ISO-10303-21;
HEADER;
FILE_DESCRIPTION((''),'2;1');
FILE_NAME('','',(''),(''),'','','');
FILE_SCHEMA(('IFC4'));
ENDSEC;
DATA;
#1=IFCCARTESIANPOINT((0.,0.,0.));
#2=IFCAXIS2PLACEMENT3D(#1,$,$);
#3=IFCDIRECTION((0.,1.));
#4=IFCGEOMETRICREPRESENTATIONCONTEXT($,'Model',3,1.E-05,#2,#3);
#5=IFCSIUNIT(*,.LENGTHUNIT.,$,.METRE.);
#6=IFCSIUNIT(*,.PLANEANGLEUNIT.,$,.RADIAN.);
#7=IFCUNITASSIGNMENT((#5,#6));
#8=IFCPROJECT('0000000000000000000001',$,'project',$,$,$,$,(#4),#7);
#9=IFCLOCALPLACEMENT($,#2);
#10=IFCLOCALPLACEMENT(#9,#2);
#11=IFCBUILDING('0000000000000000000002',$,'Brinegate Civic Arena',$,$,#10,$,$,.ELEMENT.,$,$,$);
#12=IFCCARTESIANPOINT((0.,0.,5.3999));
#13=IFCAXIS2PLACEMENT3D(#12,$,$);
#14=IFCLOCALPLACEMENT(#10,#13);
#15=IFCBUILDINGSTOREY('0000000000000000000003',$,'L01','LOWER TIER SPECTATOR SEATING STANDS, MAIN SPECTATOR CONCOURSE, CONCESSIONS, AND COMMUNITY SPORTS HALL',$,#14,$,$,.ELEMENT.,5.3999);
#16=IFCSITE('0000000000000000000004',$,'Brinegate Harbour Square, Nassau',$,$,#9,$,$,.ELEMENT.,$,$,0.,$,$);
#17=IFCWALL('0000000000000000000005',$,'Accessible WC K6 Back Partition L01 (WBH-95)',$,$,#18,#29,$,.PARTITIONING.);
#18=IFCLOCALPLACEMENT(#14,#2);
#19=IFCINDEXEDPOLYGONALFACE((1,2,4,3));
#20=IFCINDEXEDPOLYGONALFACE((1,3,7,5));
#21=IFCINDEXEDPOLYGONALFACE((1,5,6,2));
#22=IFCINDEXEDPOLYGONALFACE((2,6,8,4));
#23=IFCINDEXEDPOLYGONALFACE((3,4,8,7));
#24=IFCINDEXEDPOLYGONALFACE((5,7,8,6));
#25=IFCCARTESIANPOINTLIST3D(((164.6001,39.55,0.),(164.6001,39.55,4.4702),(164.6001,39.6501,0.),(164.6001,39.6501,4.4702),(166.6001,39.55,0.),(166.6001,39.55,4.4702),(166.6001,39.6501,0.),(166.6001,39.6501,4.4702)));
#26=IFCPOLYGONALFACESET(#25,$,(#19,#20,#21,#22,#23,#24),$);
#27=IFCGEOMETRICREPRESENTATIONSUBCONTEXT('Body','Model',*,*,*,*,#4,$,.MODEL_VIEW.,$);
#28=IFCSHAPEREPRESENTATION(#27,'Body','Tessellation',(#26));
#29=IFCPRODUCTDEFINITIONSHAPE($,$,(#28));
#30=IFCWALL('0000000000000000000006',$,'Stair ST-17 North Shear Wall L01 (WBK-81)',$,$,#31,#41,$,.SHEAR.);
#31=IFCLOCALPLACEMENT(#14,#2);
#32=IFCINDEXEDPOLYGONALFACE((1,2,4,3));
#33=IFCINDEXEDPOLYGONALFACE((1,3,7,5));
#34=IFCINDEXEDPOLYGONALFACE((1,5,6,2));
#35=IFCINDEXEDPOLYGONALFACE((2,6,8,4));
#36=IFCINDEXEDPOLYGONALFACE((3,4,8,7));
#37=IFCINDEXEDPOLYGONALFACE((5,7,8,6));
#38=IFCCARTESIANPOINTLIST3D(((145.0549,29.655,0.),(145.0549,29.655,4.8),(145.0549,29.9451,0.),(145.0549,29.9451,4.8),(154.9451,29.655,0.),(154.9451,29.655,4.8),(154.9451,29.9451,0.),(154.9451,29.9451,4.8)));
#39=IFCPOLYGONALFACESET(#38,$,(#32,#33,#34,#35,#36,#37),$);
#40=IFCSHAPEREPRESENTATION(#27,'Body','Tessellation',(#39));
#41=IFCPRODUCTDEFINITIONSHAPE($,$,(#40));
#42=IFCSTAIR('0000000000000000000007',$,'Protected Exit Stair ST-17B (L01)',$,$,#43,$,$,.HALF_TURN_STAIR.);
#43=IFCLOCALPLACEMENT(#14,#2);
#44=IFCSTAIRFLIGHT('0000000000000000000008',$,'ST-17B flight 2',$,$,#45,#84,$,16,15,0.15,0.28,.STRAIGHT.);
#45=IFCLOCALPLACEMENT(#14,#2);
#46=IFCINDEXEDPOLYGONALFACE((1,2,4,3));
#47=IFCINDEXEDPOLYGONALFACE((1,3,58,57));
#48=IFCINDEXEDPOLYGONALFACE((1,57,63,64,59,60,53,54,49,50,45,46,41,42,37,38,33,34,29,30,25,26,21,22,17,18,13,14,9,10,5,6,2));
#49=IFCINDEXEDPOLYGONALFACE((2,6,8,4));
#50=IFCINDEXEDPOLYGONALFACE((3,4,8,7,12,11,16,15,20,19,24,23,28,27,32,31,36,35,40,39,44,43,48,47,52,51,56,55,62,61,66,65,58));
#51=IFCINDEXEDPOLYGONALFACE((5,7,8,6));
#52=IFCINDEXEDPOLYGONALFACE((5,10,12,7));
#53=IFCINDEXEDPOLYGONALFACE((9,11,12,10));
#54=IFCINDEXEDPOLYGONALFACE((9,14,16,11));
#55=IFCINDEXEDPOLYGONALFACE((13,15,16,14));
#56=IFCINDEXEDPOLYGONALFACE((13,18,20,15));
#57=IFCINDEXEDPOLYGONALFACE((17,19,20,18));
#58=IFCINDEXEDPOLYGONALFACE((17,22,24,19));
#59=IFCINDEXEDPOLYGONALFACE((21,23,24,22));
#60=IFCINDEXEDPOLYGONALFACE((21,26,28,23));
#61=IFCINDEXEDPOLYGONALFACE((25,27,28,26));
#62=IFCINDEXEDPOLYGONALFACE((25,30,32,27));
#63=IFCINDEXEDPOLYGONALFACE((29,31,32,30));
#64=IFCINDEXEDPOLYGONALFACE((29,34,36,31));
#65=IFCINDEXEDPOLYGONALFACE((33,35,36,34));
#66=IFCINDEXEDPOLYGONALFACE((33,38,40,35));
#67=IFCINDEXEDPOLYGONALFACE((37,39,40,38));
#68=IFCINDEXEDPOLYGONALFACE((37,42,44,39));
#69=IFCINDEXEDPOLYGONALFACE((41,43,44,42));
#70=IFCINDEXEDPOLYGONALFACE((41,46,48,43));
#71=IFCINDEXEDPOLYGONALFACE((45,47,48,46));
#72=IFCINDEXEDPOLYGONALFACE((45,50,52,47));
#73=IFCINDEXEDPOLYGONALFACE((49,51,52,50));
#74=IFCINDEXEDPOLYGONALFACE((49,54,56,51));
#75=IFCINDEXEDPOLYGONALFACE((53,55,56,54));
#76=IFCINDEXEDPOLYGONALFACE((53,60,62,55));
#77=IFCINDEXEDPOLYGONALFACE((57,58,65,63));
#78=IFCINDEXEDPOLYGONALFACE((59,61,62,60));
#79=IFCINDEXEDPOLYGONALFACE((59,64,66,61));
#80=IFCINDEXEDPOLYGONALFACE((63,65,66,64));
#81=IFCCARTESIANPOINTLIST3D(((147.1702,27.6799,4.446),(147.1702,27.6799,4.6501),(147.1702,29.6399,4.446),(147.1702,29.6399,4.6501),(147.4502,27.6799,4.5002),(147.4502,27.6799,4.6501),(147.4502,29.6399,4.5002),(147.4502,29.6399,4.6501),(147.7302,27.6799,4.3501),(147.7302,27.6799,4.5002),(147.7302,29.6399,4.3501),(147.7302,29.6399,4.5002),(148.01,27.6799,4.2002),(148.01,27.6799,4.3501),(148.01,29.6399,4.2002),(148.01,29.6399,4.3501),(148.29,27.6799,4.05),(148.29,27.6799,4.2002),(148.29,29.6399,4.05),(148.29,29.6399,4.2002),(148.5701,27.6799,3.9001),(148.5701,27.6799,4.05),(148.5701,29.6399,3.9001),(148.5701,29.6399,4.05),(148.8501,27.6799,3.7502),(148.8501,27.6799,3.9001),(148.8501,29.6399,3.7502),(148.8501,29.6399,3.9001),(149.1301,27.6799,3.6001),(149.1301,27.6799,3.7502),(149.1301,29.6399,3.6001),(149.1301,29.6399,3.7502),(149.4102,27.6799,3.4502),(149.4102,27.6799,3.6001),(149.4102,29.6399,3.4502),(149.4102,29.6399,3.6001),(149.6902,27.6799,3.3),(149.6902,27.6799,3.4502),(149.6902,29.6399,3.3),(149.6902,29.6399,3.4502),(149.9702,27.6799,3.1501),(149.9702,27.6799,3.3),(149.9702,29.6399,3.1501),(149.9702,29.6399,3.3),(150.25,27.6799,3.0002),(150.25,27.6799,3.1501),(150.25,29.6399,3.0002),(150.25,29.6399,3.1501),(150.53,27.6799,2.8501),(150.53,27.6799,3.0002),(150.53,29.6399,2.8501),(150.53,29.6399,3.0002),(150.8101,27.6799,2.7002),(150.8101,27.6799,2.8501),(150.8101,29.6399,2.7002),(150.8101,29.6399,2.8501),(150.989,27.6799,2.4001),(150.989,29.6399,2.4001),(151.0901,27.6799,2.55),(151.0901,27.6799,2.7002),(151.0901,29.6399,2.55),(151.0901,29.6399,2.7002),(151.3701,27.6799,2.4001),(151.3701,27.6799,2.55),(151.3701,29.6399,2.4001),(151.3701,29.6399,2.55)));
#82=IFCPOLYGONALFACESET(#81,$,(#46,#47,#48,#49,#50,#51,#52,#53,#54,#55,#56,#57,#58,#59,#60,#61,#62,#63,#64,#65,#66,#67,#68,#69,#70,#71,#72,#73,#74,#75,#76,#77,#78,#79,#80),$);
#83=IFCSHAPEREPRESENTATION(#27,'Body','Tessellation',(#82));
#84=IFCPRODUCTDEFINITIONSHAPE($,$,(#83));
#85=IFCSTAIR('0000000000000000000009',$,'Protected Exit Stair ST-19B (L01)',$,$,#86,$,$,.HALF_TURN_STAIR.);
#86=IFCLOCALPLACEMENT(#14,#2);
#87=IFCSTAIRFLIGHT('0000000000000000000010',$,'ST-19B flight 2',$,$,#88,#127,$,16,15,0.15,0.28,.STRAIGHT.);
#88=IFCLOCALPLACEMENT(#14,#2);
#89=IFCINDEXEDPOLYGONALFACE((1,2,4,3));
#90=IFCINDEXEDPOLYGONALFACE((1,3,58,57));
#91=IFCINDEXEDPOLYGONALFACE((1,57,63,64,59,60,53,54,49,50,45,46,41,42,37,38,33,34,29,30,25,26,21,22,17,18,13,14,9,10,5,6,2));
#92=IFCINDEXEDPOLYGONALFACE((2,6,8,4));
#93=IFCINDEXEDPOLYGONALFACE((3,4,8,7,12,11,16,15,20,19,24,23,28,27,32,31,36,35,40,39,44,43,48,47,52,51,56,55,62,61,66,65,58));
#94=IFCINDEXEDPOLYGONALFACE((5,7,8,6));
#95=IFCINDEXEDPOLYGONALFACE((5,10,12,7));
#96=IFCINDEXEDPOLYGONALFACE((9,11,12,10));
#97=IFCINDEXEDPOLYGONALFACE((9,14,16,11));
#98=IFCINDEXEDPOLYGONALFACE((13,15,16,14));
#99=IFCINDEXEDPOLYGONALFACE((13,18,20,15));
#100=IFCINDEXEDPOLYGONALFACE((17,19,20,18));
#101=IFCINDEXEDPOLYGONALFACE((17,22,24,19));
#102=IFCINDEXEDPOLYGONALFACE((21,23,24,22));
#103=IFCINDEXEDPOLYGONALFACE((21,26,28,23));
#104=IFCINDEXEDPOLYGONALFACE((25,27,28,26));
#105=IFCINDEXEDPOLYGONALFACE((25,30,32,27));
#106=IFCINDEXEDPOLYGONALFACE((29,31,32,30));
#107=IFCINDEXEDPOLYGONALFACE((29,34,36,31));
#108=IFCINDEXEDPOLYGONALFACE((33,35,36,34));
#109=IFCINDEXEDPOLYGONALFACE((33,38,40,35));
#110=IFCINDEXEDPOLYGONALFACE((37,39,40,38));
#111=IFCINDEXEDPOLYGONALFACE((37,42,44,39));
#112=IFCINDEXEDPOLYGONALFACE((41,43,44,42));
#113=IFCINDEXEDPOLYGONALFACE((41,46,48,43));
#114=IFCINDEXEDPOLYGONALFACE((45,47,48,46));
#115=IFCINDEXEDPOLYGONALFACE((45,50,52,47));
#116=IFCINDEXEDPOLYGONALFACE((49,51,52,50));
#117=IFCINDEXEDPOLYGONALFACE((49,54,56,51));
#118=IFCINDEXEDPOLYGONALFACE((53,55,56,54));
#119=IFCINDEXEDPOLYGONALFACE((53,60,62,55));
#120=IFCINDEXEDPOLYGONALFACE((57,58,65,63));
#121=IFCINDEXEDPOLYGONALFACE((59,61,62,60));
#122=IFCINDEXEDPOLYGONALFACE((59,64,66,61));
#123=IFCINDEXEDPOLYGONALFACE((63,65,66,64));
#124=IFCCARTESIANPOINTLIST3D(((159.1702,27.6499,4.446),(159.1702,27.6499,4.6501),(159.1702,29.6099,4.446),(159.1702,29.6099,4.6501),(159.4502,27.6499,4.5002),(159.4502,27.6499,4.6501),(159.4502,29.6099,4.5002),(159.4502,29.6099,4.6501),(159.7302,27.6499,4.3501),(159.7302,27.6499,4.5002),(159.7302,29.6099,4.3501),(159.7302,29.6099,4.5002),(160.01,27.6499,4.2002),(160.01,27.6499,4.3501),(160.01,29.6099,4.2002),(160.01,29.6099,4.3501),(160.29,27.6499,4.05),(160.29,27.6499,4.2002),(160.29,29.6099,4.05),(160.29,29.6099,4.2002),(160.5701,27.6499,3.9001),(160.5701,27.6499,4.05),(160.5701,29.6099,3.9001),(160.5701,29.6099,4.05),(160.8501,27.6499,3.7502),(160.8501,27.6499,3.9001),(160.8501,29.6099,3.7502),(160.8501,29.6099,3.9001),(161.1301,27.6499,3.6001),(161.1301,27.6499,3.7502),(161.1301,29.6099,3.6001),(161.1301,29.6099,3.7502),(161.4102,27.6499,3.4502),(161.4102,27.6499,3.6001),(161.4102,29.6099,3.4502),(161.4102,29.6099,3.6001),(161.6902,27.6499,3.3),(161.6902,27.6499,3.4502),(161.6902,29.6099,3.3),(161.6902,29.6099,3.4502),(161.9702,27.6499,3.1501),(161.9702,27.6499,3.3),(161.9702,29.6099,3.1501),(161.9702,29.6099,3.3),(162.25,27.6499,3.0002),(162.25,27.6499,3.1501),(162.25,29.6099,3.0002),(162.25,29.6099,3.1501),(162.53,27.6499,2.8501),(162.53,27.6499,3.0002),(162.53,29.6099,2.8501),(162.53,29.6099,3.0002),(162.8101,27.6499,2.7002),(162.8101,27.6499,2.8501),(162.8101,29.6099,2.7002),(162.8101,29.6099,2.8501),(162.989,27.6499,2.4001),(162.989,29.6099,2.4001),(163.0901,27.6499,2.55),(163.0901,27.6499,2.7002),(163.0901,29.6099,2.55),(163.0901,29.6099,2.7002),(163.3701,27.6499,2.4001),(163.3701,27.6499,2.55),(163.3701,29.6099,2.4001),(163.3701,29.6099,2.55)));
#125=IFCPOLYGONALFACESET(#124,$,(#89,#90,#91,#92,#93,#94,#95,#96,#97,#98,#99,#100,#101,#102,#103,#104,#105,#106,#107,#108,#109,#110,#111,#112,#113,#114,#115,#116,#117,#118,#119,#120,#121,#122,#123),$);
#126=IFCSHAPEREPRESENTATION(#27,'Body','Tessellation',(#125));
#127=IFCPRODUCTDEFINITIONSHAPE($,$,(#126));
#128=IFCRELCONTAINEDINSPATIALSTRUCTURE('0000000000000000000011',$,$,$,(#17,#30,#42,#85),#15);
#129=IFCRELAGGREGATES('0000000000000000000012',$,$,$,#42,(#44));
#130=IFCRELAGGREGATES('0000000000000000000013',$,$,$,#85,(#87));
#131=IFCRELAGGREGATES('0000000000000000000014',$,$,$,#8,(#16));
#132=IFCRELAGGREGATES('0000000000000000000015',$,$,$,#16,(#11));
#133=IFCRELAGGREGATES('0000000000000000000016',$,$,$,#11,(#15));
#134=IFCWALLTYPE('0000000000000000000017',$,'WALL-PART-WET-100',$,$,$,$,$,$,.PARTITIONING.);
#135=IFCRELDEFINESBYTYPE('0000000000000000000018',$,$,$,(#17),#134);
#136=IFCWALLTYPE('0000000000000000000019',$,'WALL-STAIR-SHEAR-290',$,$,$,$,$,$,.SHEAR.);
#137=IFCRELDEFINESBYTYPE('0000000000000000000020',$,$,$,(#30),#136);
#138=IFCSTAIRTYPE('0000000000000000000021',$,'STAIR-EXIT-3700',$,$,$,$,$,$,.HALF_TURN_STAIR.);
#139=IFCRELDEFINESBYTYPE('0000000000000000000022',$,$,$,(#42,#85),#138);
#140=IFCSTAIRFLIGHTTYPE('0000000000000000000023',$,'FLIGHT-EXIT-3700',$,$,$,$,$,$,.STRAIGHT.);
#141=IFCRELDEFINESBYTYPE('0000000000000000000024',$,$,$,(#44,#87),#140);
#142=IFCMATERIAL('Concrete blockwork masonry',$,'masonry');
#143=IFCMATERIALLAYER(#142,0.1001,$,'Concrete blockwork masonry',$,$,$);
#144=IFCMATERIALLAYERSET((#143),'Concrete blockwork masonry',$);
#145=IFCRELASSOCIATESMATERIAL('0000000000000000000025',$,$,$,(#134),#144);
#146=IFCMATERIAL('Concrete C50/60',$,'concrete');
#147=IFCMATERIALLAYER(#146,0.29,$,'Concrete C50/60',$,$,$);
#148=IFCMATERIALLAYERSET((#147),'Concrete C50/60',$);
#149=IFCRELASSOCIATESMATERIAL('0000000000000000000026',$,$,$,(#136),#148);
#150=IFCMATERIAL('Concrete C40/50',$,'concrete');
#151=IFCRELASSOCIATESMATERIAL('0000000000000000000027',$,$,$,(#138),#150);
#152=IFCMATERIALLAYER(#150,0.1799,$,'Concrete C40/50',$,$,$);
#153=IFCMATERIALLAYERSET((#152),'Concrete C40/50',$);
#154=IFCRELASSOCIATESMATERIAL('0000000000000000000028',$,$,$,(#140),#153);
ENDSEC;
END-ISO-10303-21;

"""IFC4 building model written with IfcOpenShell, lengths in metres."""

from ifc_helpers import new_model, si_unit, direction, frame, frame_2d, origin, place, context, subcontext, project, spatial, polyline, rectangle, outline, extrude, material, layer, layer_set, type_object, element, aggregate, save


model = new_model("IFC4")

# Units and contexts
model_context = context("Model", 3, precision=1e-05, world=origin(), true_north=direction((0.0, 1.0)))
body_context = subcontext(model_context, "Body", "Model", "MODEL_VIEW")
ifc_project = project(units=[si_unit("LENGTHUNIT", "METRE"), si_unit("PLANEANGLEUNIT", "RADIAN")], contexts=[model_context])

# Site, building, storey
site_placement = place(None, origin())
site = spatial("IfcSite", under=ifc_project, at=site_placement, Name="Brinegate Harbour Square, Nassau", CompositionType="ELEMENT", RefElevation=0.0)
building_placement = place(site_placement, origin())
building = spatial("IfcBuilding", under=site, at=building_placement, Name="Brinegate Civic Arena", CompositionType="ELEMENT")
storey_placement = place(building_placement, frame((0.0, 0.0, 5.3999)))
storey = spatial("IfcBuildingStorey", under=building, at=storey_placement, Name="L01", Description="LOWER TIER SPECTATOR SEATING STANDS, MAIN SPECTATOR CONCOURSE, CONCESSIONS, AND COMMUNITY SPORTS HALL", CompositionType="ELEMENT", Elevation=5.3999)

# Shared definitions
ifc_material_1 = material(Name="Concrete C50/60", Category="concrete")

# Shared definitions
ifc_material_2 = material(Name="Concrete blockwork masonry", Category="masonry")
ifc_layer_1 = layer(ifc_material_2, 0.1001, Name="Concrete blockwork masonry")
ifc_layer_set_1 = layer_set([ifc_layer_1], Name="Concrete blockwork masonry")
wall_type_1 = type_object("IfcWallType", Name="WALL-PART-WET-100", PredefinedType="PARTITIONING", material=ifc_layer_set_1)

# Walls
wall_1_placement = place(storey_placement, frame((164.6001, 39.6001, 0.0), z_axis=(0.0, 0.0, 1.0), x_axis=(1.0, 0.0, 0.0)))
element("IfcWall", 1, at=wall_1_placement, inside=storey, type_object=wall_type_1, Name="Accessible WC K6 Back Partition L01 (WBH-95)", PredefinedType="PARTITIONING", context=body_context, shape_type="SweptSolid", body=[
    extrude(rectangle(XDim=2.0, YDim=0.1001, at=frame_2d((1.0, 0.0))), origin(), (0.0, 0.0, 1.0), 4.4702),
])
ifc_layer_2 = layer(ifc_material_1, 0.29, Name="Concrete C50/60")
ifc_layer_set_2 = layer_set([ifc_layer_2], Name="Concrete C50/60")
wall_type_2 = type_object("IfcWallType", Name="WALL-STAIR-SHEAR-290", PredefinedType="SHEAR", material=ifc_layer_set_2)
wall_2_placement = place(storey_placement, frame((145.0549, 29.8, 0.0), z_axis=(0.0, 0.0, 1.0), x_axis=(1.0, 0.0, 0.0)))
element("IfcWall", 2, at=wall_2_placement, inside=storey, type_object=wall_type_2, Name="Stair ST-17 North Shear Wall L01 (WBK-81)", PredefinedType="SHEAR", context=body_context, shape_type="SweptSolid", body=[
    extrude(rectangle(XDim=9.8901, YDim=0.29, at=frame_2d((4.9451, 0.0))), origin(), (0.0, 0.0, 1.0), 4.8),
])

# Stairs, stair flights
ifc_material_3 = material(Name="Concrete C40/50", Category="concrete")
stair_type = type_object("IfcStairType", Name="STAIR-EXIT-3700", PredefinedType="HALF_TURN_STAIR", material=ifc_material_3)
stair_1_placement = place(storey_placement, origin())
stair_1 = element("IfcStair", 3, at=stair_1_placement, inside=storey, type_object=stair_type, Name="Protected Exit Stair ST-17B (L01)", PredefinedType="HALF_TURN_STAIR")
ifc_layer_3 = layer(ifc_material_3, 0.1799, Name="Concrete C40/50")
ifc_layer_set_3 = layer_set([ifc_layer_3], Name="Concrete C40/50")
stair_flight_type = type_object("IfcStairFlightType", Name="FLIGHT-EXIT-3700", PredefinedType="STRAIGHT", material=ifc_layer_set_3)
stair_flight_1_placement = place(storey_placement, frame((151.3701, 28.6599, 2.4001), z_axis=(0.0, 0.0, 1.0), x_axis=(-1.0, 0.0, 0.0)))
stair_flight_1 = element("IfcStairFlight", 4, at=stair_flight_1_placement, type_object=stair_flight_type, Name="ST-17B flight 2", NumberOfRisers=16, NumberOfTreads=15, PredefinedType="STRAIGHT", RiserHeight=0.15, TreadLength=0.28, context=body_context, shape_type="SweptSolid", body=[
    extrude(outline(polyline([(0.0, 0.0), (0.0, 0.1499), (0.28, 0.1499), (0.28, 0.3), (0.5601, 0.3), (0.5601, 0.45), (0.8401, 0.45), (0.8401, 0.6001), (1.1201, 0.6001), (1.1201, 0.75), (1.3999, 0.75), (1.3999, 0.8999), (1.6799, 0.8999), (1.6799, 1.05), (1.96, 1.05), (1.96, 1.2), (2.24, 1.2), (2.24, 1.3501), (2.52, 1.3501), (2.52, 1.5), (2.8, 1.5), (2.8, 1.6499), (3.0801, 1.6499), (3.0801, 1.8), (3.3601, 1.8), (3.3601, 1.95), (3.6399, 1.95), (3.6399, 2.1001), (3.9199, 2.1001), (3.9199, 2.25), (4.2, 2.25), (4.2, 2.3999), (4.2, 2.0459), (0.3811, 0.0), (0.0, 0.0)])), frame((0.0, 0.98, 0.0), z_axis=(0.0, -1.0, 0.0), x_axis=(1.0, 0.0, 0.0)), (0.0, 0.0, 1.0), 1.96),
])
aggregate(stair_1, [stair_flight_1])
stair_2_placement = place(storey_placement, origin())
stair_2 = element("IfcStair", 5, at=stair_2_placement, inside=storey, type_object=stair_type, Name="Protected Exit Stair ST-19B (L01)", PredefinedType="HALF_TURN_STAIR")
stair_flight_2_placement = place(storey_placement, frame((163.3701, 28.6299, 2.4001), z_axis=(0.0, 0.0, 1.0), x_axis=(-1.0, 0.0, 0.0)))
stair_flight_2 = element("IfcStairFlight", 6, at=stair_flight_2_placement, type_object=stair_flight_type, Name="ST-19B flight 2", NumberOfRisers=16, NumberOfTreads=15, PredefinedType="STRAIGHT", RiserHeight=0.15, TreadLength=0.28, context=body_context, shape_type="SweptSolid", body=[
    extrude(outline(polyline([(0.0, 0.0), (0.0, 0.1499), (0.28, 0.1499), (0.28, 0.3), (0.5601, 0.3), (0.5601, 0.45), (0.8401, 0.45), (0.8401, 0.6001), (1.1201, 0.6001), (1.1201, 0.75), (1.3999, 0.75), (1.3999, 0.8999), (1.6799, 0.8999), (1.6799, 1.05), (1.96, 1.05), (1.96, 1.2), (2.24, 1.2), (2.24, 1.3501), (2.52, 1.3501), (2.52, 1.5), (2.8, 1.5), (2.8, 1.6499), (3.0801, 1.6499), (3.0801, 1.8), (3.3601, 1.8), (3.3601, 1.95), (3.6399, 1.95), (3.6399, 2.1001), (3.9199, 2.1001), (3.9199, 2.25), (4.2, 2.25), (4.2, 2.3999), (4.2, 2.0459), (0.3811, 0.0), (0.0, 0.0)])), frame((0.0, 0.98, 0.0), z_axis=(0.0, -1.0, 0.0), x_axis=(1.0, 0.0, 0.0)), (0.0, 0.0, 1.0), 1.96),
])
aggregate(stair_2, [stair_flight_2])

save(model, "model.ifc")
